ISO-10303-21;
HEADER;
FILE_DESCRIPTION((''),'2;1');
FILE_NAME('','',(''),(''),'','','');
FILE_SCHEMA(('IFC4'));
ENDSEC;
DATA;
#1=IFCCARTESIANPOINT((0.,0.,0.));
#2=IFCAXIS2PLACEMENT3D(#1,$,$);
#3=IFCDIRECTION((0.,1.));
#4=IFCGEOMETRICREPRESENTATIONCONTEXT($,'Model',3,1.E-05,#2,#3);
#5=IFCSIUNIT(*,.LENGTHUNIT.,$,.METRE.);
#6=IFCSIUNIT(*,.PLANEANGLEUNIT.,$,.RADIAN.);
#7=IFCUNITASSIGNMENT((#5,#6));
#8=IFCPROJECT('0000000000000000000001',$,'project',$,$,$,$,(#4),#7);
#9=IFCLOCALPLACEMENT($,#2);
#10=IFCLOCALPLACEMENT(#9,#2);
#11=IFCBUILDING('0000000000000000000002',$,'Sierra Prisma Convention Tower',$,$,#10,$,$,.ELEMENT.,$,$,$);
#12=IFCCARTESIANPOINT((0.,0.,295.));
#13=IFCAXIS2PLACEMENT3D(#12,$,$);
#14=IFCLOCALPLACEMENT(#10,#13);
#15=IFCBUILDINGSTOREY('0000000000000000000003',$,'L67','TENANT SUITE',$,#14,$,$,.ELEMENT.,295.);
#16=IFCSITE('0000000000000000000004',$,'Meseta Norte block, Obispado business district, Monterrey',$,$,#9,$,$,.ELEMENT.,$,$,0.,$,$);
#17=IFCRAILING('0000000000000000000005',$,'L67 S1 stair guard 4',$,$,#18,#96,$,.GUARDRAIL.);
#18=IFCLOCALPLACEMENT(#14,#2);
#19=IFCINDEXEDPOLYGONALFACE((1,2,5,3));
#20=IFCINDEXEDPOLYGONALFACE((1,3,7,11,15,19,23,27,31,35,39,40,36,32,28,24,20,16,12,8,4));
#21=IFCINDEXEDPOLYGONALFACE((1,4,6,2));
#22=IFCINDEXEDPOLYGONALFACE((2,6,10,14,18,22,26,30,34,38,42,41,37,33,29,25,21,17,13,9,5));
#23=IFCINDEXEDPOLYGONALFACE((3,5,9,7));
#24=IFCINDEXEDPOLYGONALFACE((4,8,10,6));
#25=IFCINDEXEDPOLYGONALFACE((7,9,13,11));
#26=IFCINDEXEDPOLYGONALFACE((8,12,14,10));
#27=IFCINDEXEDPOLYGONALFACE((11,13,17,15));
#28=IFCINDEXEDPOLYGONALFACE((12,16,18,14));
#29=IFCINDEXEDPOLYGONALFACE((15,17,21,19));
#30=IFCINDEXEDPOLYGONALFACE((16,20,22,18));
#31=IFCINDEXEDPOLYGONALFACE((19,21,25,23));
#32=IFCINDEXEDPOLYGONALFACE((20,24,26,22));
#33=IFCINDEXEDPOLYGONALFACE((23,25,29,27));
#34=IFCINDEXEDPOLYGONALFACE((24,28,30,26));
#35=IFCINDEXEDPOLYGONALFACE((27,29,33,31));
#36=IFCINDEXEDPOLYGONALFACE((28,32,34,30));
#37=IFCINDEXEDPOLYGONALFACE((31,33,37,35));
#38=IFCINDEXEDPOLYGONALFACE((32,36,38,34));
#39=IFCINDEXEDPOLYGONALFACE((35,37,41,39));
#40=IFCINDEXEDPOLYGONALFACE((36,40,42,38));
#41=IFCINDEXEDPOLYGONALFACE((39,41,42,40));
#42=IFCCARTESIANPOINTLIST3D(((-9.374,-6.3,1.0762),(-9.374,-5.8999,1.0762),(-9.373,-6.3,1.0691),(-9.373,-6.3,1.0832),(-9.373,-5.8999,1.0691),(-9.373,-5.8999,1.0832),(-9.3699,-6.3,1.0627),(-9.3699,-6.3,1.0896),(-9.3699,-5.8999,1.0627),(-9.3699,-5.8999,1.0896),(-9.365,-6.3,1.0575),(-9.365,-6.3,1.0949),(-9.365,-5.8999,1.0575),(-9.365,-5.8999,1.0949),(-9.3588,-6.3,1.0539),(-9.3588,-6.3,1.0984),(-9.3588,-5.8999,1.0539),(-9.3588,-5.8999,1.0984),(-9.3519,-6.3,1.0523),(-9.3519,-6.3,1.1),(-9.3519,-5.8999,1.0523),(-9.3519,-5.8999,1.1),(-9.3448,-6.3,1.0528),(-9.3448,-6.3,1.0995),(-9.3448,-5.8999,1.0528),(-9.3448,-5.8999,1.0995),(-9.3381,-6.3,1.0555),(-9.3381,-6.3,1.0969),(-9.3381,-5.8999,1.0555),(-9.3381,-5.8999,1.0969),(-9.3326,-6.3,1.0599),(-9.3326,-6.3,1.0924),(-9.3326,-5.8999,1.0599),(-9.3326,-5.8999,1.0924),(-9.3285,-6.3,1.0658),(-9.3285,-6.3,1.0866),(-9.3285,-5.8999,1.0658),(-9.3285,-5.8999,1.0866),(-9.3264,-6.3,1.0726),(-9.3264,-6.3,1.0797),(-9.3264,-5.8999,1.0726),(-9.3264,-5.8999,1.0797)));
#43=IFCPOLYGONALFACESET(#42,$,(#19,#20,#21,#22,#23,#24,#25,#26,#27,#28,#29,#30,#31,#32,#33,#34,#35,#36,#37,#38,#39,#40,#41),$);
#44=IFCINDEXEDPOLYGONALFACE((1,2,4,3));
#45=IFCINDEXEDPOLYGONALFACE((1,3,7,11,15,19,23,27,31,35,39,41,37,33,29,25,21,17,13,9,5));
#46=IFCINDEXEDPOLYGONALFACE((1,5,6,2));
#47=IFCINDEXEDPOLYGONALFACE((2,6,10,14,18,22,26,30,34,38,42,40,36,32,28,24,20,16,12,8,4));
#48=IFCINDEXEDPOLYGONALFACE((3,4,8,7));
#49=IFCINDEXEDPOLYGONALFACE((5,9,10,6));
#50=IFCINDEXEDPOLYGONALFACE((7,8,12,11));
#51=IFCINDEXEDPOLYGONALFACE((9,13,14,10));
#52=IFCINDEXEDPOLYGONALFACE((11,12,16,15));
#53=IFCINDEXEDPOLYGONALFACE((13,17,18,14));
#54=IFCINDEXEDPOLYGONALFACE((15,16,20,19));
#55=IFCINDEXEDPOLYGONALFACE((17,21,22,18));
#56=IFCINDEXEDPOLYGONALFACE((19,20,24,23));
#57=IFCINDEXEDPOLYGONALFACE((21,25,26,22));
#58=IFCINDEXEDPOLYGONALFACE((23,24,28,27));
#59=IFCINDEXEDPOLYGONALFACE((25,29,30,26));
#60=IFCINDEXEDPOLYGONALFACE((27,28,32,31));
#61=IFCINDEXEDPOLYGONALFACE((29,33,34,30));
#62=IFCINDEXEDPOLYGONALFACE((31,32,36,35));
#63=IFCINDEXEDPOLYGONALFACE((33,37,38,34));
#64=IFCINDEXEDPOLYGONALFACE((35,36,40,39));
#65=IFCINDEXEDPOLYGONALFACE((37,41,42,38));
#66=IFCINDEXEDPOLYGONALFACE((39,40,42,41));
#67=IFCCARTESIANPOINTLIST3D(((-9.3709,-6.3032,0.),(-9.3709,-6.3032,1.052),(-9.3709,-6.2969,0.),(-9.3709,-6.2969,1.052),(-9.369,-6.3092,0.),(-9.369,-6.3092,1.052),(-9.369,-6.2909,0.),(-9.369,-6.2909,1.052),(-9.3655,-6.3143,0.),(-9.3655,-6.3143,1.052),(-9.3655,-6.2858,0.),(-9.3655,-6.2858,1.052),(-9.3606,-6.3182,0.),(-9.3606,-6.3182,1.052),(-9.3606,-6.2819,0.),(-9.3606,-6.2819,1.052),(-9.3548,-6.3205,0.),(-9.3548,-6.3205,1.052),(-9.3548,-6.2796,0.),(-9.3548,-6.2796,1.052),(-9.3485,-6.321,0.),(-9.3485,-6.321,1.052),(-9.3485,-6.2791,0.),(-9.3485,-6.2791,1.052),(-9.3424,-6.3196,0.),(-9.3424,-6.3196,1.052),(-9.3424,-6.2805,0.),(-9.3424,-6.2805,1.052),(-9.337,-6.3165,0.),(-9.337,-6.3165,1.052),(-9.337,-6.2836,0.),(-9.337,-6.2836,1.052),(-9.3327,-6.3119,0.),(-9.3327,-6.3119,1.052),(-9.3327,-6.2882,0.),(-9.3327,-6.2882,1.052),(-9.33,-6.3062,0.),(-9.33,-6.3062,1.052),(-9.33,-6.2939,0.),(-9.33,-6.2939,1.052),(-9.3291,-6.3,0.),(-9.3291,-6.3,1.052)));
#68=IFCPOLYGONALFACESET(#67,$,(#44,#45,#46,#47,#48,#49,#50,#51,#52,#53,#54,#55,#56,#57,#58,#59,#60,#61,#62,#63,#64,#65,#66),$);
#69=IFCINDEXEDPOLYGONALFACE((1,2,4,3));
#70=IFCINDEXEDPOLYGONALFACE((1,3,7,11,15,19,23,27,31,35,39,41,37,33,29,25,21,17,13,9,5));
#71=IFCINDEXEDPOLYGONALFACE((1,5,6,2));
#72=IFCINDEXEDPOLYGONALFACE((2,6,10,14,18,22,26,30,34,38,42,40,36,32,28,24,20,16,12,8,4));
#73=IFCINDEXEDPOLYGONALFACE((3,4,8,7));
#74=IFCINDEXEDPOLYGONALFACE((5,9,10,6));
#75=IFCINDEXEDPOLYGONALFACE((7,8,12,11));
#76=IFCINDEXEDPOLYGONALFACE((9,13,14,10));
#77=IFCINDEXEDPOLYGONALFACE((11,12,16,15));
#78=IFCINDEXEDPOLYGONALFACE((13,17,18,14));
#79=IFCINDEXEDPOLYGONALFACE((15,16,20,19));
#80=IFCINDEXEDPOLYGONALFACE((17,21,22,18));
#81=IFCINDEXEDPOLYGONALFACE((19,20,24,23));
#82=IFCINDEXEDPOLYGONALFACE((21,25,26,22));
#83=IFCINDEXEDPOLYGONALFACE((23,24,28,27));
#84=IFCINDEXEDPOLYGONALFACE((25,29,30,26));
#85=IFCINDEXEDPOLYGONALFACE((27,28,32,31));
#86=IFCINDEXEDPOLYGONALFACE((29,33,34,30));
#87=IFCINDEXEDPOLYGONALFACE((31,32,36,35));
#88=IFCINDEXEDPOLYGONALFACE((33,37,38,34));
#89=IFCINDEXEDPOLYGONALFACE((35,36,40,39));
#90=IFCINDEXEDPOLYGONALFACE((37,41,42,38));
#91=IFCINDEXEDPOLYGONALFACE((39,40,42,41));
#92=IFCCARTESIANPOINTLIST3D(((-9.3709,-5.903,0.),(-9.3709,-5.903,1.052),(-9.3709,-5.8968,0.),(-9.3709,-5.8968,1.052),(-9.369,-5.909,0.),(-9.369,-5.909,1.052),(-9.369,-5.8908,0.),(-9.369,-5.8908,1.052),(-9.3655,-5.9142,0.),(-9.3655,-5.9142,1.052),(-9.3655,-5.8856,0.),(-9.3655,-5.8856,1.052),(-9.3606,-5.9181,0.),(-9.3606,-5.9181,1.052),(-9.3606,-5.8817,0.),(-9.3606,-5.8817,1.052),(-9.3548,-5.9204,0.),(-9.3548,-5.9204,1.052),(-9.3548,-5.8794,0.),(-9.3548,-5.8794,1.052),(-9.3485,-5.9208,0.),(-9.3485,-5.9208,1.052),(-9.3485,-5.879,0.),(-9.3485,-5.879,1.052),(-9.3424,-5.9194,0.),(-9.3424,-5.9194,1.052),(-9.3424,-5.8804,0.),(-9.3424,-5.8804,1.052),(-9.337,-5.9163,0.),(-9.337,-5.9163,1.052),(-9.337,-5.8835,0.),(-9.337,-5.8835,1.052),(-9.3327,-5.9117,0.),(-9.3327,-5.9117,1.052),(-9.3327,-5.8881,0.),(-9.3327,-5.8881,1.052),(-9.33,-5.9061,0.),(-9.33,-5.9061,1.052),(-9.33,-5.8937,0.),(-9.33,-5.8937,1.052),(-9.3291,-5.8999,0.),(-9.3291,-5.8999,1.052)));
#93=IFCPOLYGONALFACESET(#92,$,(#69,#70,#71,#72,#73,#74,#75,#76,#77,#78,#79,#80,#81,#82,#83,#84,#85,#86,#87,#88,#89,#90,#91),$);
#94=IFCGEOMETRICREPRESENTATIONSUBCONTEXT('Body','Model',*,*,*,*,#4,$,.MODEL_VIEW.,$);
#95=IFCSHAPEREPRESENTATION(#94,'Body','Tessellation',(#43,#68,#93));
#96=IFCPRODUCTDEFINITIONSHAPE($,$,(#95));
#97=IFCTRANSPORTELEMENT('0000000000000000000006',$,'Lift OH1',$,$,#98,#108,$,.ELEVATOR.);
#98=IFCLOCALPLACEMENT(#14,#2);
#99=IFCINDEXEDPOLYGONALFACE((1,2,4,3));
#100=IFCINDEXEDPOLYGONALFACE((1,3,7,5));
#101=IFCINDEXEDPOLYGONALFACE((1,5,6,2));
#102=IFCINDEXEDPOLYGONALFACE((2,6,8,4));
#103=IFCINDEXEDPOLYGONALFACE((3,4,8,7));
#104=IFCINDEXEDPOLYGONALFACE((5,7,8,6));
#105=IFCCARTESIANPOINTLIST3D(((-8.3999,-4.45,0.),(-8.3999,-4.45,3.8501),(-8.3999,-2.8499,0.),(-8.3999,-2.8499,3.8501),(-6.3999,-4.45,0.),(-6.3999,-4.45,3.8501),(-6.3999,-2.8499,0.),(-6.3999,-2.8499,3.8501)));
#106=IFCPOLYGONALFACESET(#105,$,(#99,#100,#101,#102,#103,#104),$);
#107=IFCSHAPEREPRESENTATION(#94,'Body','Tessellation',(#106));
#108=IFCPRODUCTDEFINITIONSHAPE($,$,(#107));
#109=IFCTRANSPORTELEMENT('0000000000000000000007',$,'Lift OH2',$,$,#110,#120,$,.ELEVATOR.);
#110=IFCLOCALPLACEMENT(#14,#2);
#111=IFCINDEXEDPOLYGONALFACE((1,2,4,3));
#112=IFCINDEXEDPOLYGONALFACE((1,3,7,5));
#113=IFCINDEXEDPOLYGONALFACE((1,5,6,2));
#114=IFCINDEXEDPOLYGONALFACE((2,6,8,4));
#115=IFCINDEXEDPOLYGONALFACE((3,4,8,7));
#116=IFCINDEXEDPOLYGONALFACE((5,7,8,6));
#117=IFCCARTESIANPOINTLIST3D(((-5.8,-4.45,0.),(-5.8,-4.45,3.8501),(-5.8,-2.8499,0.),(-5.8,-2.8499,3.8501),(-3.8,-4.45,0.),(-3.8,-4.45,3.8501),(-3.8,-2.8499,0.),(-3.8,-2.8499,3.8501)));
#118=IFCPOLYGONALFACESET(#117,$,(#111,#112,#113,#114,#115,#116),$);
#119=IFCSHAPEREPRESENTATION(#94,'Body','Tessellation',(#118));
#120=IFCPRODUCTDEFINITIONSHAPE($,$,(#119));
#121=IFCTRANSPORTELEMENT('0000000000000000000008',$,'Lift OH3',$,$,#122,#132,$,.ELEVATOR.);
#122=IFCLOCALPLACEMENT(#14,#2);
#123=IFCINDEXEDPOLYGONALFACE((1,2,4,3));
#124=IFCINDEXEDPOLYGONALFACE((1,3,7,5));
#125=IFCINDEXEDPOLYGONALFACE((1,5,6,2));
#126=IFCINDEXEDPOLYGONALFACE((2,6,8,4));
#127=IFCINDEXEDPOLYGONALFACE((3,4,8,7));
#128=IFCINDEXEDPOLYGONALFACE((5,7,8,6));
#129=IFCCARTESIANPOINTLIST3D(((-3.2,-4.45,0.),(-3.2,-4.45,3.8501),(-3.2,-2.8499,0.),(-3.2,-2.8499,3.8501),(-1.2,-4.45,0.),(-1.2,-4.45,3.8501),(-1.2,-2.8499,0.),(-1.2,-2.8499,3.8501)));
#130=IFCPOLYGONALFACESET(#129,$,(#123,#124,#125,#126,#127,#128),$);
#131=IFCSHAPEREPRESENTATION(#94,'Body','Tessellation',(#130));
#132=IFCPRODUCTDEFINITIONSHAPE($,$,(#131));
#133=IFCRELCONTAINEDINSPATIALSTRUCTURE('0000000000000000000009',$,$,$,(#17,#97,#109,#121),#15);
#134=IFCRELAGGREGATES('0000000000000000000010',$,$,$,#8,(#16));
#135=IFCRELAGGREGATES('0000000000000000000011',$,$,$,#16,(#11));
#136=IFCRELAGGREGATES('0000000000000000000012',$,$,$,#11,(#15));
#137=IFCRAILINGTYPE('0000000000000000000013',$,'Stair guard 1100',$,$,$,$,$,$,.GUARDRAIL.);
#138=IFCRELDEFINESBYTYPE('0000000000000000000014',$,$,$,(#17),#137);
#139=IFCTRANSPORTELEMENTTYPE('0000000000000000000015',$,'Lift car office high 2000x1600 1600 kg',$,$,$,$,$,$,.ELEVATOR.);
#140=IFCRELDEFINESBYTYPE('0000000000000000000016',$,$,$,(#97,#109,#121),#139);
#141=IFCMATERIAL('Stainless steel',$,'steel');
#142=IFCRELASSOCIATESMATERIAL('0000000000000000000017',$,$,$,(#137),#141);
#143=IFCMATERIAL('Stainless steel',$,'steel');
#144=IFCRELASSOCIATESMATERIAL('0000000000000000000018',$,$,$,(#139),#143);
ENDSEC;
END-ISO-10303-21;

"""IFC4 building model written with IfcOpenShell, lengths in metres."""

from ifc_helpers import new_model, si_unit, direction, frame, origin, origin_2d, place, context, subcontext, project, spatial, rectangle, circle, extrude, material, type_object, element, save


model = new_model("IFC4")

# Units and contexts
model_context = context("Model", 3, precision=1e-05, world=origin(), true_north=direction((0.0, 1.0)))
body_context = subcontext(model_context, "Body", "Model", "MODEL_VIEW")
ifc_project = project(units=[si_unit("LENGTHUNIT", "METRE"), si_unit("PLANEANGLEUNIT", "RADIAN")], contexts=[model_context])

# Site, building, storey
site_placement = place(None, origin())
site = spatial("IfcSite", under=ifc_project, at=site_placement, Name="Meseta Norte block, Obispado business district, Monterrey", CompositionType="ELEMENT", RefElevation=0.0)
building_placement = place(site_placement, origin())
building = spatial("IfcBuilding", under=site, at=building_placement, Name="Sierra Prisma Convention Tower", CompositionType="ELEMENT")
storey_placement = place(building_placement, frame((0.0, 0.0, 295.0)))
storey = spatial("IfcBuildingStorey", under=building, at=storey_placement, Name="L67", Description="TENANT SUITE", CompositionType="ELEMENT", Elevation=295.0)

# Railing
ifc_material_1 = material(Name="Stainless steel", Category="steel")
railing_type_1 = type_object("IfcRailingType", Name="Stair guard 1100", PredefinedType="GUARDRAIL", material=ifc_material_1)
railing_1_placement = place(storey_placement, frame((-9.3501, -6.3, 0.0)))
element("IfcRailing", 1, at=railing_1_placement, inside=storey, type_object=railing_type_1, Name="L67 S1 stair guard 4", PredefinedType="GUARDRAIL", context=body_context, shape_type="SweptSolid", body=[
    extrude(circle(Radius=0.0239, at=origin_2d()), frame((0.0, 0.0, 1.0762), z_axis=(0.0, 1.0, 0.0), x_axis=(-1.0, 0.0, 0.0)), (0.0, 0.0, 1.0), 0.4001),
    extrude(circle(Radius=0.021, at=origin_2d()), origin(), (0.0, 0.0, 1.0), 1.052),
    extrude(circle(Radius=0.021, at=origin_2d()), frame((0.0, 0.4001, 0.0)), (0.0, 0.0, 1.0), 1.052),
])

# Transport elements
ifc_material_2 = material(Name="Stainless steel", Category="steel")
transport_element_type = type_object("IfcTransportElementType", Name="Lift car office high 2000x1600 1600 kg", PredefinedType="ELEVATOR", material=ifc_material_2)
for number, where, z_axis, x_axis, name in (
    (2, (-7.3999, -3.6499, 0.0), (0.0, 0.0, 1.0), (1.0, 0.0, 0.0), "Lift OH1"),
    (3, (-4.8, -3.6499, 0.0), (0.0, 0.0, 1.0), (1.0, 0.0, 0.0), "Lift OH2"),
    (4, (-2.2, -3.6499, 0.0), (0.0, 0.0, 1.0), (1.0, 0.0, 0.0), "Lift OH3"),
):
    element("IfcTransportElement", number, at=place(storey_placement, frame(where, z_axis=z_axis, x_axis=x_axis)), inside=storey, type_object=transport_element_type, Name=name, PredefinedType="ELEVATOR", context=body_context, shape_type="SweptSolid", body=[
        extrude(rectangle(XDim=2.0, YDim=1.6001, at=origin_2d()), origin(), (0.0, 0.0, 1.0), 3.8501),
    ])

save(model, "model.ifc")
